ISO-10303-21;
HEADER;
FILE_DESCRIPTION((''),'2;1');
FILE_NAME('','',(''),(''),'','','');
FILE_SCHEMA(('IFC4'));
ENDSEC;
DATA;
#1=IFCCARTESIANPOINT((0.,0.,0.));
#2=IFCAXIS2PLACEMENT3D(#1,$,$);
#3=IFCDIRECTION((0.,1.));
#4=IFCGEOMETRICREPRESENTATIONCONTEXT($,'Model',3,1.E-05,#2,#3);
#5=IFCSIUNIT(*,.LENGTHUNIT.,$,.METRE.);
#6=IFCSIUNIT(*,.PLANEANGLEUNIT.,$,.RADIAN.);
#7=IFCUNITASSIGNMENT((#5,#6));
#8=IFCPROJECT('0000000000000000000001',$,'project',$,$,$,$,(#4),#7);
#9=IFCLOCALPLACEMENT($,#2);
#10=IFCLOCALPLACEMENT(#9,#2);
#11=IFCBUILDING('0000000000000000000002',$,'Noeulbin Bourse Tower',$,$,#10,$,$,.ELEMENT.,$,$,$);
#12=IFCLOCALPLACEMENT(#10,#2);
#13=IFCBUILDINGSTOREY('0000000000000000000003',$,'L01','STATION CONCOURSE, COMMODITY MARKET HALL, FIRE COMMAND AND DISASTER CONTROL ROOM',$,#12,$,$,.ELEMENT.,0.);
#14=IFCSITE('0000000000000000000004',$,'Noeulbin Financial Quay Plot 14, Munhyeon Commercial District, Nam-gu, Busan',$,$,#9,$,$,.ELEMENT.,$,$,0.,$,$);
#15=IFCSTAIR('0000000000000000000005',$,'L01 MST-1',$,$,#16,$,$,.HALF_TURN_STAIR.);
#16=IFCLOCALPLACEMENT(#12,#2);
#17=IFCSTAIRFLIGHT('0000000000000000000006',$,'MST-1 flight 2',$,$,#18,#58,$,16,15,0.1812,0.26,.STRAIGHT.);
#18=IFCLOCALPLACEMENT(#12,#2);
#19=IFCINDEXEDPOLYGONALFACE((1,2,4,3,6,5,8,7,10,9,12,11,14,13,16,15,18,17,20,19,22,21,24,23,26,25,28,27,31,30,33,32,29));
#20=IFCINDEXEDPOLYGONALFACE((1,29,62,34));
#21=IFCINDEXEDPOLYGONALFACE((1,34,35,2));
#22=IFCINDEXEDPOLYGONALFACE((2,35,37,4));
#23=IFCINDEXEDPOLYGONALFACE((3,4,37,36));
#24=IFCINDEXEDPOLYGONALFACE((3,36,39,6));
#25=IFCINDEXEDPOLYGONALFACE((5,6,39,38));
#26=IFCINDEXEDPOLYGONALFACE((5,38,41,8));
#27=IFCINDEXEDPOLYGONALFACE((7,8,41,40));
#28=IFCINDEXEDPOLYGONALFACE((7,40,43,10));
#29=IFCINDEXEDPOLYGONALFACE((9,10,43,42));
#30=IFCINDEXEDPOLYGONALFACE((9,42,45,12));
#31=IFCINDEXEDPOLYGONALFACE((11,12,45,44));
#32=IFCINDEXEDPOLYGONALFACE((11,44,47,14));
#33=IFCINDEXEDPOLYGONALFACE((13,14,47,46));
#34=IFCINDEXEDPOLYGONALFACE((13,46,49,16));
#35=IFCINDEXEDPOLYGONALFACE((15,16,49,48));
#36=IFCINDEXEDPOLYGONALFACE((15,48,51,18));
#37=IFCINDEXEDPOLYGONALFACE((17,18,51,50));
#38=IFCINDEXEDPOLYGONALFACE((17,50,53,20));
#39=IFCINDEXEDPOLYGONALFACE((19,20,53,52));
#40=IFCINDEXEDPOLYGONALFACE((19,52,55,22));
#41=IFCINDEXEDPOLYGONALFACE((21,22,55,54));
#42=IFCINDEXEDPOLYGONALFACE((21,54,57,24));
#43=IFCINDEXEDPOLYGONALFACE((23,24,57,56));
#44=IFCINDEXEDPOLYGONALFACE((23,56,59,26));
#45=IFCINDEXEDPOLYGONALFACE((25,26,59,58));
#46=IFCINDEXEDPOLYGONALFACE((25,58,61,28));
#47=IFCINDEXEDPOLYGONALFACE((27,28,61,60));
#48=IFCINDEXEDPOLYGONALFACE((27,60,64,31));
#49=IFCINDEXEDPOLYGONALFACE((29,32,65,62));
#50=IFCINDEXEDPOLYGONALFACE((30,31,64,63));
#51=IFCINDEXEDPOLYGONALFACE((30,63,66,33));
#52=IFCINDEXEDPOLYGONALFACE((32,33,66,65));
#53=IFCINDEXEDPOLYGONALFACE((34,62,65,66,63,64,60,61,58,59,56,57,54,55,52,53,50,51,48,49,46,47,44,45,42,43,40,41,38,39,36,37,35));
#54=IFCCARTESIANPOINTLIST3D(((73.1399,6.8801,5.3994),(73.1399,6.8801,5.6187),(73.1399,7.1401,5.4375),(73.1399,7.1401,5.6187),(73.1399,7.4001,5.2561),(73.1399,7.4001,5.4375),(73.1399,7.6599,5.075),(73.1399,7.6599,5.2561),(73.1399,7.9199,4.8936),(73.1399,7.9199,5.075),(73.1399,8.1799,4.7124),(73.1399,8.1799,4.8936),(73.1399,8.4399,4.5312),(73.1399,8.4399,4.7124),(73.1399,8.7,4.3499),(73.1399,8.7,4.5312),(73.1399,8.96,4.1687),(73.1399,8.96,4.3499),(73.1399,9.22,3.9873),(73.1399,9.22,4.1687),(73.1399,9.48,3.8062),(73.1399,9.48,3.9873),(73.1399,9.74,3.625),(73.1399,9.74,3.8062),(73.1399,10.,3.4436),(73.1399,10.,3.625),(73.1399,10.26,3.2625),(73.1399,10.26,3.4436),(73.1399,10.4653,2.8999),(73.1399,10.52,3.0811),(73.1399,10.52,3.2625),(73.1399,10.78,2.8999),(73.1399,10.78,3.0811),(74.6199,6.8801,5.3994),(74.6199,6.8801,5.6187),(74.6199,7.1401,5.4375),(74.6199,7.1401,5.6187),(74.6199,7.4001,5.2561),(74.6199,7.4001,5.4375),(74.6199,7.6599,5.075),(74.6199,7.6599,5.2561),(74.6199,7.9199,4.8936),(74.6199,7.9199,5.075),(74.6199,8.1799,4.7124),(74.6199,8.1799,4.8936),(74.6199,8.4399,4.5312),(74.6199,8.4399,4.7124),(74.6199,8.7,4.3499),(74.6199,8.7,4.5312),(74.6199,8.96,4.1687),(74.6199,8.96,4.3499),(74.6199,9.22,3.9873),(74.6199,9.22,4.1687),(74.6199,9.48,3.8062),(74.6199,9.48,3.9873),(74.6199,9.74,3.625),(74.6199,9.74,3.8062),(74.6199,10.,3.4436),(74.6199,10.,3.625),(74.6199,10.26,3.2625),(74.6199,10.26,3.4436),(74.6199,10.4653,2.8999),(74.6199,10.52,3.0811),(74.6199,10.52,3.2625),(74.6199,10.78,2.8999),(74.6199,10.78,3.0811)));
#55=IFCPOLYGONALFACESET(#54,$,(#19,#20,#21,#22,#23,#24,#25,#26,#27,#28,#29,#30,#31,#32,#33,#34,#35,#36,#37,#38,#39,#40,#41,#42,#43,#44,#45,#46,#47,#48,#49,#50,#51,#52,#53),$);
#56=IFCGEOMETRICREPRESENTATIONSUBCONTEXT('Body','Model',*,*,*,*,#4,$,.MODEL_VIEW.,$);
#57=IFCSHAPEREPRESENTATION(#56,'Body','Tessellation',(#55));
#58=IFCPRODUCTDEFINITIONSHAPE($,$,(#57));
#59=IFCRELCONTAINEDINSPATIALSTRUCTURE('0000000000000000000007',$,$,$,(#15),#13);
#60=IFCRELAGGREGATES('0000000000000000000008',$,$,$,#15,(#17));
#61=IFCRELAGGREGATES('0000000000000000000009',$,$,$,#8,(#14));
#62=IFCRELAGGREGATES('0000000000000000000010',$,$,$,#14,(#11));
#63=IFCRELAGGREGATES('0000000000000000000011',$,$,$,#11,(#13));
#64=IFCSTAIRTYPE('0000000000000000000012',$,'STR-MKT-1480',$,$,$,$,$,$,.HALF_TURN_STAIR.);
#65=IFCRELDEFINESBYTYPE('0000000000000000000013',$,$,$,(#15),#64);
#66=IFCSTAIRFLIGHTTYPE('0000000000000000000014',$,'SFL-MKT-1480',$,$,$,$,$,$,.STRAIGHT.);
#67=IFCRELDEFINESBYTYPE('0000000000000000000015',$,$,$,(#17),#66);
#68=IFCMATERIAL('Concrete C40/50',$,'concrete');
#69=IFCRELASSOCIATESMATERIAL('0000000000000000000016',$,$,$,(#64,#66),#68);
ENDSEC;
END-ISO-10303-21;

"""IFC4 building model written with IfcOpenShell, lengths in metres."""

from ifc_helpers import new_model, si_unit, direction, frame, origin, place, context, subcontext, project, spatial, polyline, outline, extrude, material, type_object, element, aggregate, save


model = new_model("IFC4")

# Units and contexts
model_context = context("Model", 3, precision=1e-05, world=origin(), true_north=direction((0.0, 1.0)))
body_context = subcontext(model_context, "Body", "Model", "MODEL_VIEW")
ifc_project = project(units=[si_unit("LENGTHUNIT", "METRE"), si_unit("PLANEANGLEUNIT", "RADIAN")], contexts=[model_context])

# Site, building, storey
site_placement = place(None, origin())
site = spatial("IfcSite", under=ifc_project, at=site_placement, Name="Noeulbin Financial Quay Plot 14, Munhyeon Commercial District, Nam-gu, Busan", CompositionType="ELEMENT", RefElevation=0.0)
building_placement = place(site_placement, origin())
building = spatial("IfcBuilding", under=site, at=building_placement, Name="Noeulbin Bourse Tower", CompositionType="ELEMENT")
storey_placement = place(building_placement, origin())
storey = spatial("IfcBuildingStorey", under=building, at=storey_placement, Name="L01", Description="STATION CONCOURSE, COMMODITY MARKET HALL, FIRE COMMAND AND DISASTER CONTROL ROOM", CompositionType="ELEMENT", Elevation=0.0)

# Shared definitions
ifc_material_1 = material(Name="Concrete C40/50", Category="concrete")

# Stair, stair flight
stair_type = type_object("IfcStairType", Name="STR-MKT-1480", PredefinedType="HALF_TURN_STAIR", material=ifc_material_1)
stair_placement = place(storey_placement, origin())
stair = element("IfcStair", 1, at=stair_placement, inside=storey, type_object=stair_type, Name="L01 MST-1", PredefinedType="HALF_TURN_STAIR")
stair_flight_type = type_object("IfcStairFlightType", Name="SFL-MKT-1480", PredefinedType="STRAIGHT", material=ifc_material_1)
stair_flight_1_placement = place(storey_placement, frame((73.8799, 10.78, 2.8999), z_axis=(0.0, 0.0, 1.0), x_axis=(0.0, -1.0, 0.0)))
stair_flight_1 = element("IfcStairFlight", 2, at=stair_flight_1_placement, type_object=stair_flight_type, Name="MST-1 flight 2", NumberOfRisers=16, NumberOfTreads=15, PredefinedType="STRAIGHT", RiserHeight=0.1812, TreadLength=0.26, context=body_context, shape_type="SweptSolid", body=[
    extrude(outline(polyline([(0.0, 0.0), (0.0, 0.1812), (0.26, 0.1812), (0.26, 0.3625), (0.52, 0.3625), (0.52, 0.5437), (0.78, 0.5437), (0.78, 0.7251), (1.04, 0.7251), (1.04, 0.9062), (1.3, 0.9062), (1.3, 1.0874), (1.5601, 1.0874), (1.5601, 1.2688), (1.8201, 1.2688), (1.8201, 1.45), (2.0801, 1.45), (2.0801, 1.6313), (2.3401, 1.6313), (2.3401, 1.8125), (2.6001, 1.8125), (2.6001, 1.9937), (2.8601, 1.9937), (2.8601, 2.175), (3.1201, 2.175), (3.1201, 2.3562), (3.3799, 2.3562), (3.3799, 2.5376), (3.6399, 2.5376), (3.6399, 2.7188), (3.8999, 2.7188), (3.8999, 2.8999), (3.8999, 2.4995), (0.3147, 0.0), (0.0, 0.0)])), frame((0.0, 0.74, 0.0), z_axis=(0.0, -1.0, 0.0), x_axis=(1.0, 0.0, 0.0)), (0.0, 0.0, 1.0), 1.48),
])
aggregate(stair, [stair_flight_1])

save(model, "model.ifc")
